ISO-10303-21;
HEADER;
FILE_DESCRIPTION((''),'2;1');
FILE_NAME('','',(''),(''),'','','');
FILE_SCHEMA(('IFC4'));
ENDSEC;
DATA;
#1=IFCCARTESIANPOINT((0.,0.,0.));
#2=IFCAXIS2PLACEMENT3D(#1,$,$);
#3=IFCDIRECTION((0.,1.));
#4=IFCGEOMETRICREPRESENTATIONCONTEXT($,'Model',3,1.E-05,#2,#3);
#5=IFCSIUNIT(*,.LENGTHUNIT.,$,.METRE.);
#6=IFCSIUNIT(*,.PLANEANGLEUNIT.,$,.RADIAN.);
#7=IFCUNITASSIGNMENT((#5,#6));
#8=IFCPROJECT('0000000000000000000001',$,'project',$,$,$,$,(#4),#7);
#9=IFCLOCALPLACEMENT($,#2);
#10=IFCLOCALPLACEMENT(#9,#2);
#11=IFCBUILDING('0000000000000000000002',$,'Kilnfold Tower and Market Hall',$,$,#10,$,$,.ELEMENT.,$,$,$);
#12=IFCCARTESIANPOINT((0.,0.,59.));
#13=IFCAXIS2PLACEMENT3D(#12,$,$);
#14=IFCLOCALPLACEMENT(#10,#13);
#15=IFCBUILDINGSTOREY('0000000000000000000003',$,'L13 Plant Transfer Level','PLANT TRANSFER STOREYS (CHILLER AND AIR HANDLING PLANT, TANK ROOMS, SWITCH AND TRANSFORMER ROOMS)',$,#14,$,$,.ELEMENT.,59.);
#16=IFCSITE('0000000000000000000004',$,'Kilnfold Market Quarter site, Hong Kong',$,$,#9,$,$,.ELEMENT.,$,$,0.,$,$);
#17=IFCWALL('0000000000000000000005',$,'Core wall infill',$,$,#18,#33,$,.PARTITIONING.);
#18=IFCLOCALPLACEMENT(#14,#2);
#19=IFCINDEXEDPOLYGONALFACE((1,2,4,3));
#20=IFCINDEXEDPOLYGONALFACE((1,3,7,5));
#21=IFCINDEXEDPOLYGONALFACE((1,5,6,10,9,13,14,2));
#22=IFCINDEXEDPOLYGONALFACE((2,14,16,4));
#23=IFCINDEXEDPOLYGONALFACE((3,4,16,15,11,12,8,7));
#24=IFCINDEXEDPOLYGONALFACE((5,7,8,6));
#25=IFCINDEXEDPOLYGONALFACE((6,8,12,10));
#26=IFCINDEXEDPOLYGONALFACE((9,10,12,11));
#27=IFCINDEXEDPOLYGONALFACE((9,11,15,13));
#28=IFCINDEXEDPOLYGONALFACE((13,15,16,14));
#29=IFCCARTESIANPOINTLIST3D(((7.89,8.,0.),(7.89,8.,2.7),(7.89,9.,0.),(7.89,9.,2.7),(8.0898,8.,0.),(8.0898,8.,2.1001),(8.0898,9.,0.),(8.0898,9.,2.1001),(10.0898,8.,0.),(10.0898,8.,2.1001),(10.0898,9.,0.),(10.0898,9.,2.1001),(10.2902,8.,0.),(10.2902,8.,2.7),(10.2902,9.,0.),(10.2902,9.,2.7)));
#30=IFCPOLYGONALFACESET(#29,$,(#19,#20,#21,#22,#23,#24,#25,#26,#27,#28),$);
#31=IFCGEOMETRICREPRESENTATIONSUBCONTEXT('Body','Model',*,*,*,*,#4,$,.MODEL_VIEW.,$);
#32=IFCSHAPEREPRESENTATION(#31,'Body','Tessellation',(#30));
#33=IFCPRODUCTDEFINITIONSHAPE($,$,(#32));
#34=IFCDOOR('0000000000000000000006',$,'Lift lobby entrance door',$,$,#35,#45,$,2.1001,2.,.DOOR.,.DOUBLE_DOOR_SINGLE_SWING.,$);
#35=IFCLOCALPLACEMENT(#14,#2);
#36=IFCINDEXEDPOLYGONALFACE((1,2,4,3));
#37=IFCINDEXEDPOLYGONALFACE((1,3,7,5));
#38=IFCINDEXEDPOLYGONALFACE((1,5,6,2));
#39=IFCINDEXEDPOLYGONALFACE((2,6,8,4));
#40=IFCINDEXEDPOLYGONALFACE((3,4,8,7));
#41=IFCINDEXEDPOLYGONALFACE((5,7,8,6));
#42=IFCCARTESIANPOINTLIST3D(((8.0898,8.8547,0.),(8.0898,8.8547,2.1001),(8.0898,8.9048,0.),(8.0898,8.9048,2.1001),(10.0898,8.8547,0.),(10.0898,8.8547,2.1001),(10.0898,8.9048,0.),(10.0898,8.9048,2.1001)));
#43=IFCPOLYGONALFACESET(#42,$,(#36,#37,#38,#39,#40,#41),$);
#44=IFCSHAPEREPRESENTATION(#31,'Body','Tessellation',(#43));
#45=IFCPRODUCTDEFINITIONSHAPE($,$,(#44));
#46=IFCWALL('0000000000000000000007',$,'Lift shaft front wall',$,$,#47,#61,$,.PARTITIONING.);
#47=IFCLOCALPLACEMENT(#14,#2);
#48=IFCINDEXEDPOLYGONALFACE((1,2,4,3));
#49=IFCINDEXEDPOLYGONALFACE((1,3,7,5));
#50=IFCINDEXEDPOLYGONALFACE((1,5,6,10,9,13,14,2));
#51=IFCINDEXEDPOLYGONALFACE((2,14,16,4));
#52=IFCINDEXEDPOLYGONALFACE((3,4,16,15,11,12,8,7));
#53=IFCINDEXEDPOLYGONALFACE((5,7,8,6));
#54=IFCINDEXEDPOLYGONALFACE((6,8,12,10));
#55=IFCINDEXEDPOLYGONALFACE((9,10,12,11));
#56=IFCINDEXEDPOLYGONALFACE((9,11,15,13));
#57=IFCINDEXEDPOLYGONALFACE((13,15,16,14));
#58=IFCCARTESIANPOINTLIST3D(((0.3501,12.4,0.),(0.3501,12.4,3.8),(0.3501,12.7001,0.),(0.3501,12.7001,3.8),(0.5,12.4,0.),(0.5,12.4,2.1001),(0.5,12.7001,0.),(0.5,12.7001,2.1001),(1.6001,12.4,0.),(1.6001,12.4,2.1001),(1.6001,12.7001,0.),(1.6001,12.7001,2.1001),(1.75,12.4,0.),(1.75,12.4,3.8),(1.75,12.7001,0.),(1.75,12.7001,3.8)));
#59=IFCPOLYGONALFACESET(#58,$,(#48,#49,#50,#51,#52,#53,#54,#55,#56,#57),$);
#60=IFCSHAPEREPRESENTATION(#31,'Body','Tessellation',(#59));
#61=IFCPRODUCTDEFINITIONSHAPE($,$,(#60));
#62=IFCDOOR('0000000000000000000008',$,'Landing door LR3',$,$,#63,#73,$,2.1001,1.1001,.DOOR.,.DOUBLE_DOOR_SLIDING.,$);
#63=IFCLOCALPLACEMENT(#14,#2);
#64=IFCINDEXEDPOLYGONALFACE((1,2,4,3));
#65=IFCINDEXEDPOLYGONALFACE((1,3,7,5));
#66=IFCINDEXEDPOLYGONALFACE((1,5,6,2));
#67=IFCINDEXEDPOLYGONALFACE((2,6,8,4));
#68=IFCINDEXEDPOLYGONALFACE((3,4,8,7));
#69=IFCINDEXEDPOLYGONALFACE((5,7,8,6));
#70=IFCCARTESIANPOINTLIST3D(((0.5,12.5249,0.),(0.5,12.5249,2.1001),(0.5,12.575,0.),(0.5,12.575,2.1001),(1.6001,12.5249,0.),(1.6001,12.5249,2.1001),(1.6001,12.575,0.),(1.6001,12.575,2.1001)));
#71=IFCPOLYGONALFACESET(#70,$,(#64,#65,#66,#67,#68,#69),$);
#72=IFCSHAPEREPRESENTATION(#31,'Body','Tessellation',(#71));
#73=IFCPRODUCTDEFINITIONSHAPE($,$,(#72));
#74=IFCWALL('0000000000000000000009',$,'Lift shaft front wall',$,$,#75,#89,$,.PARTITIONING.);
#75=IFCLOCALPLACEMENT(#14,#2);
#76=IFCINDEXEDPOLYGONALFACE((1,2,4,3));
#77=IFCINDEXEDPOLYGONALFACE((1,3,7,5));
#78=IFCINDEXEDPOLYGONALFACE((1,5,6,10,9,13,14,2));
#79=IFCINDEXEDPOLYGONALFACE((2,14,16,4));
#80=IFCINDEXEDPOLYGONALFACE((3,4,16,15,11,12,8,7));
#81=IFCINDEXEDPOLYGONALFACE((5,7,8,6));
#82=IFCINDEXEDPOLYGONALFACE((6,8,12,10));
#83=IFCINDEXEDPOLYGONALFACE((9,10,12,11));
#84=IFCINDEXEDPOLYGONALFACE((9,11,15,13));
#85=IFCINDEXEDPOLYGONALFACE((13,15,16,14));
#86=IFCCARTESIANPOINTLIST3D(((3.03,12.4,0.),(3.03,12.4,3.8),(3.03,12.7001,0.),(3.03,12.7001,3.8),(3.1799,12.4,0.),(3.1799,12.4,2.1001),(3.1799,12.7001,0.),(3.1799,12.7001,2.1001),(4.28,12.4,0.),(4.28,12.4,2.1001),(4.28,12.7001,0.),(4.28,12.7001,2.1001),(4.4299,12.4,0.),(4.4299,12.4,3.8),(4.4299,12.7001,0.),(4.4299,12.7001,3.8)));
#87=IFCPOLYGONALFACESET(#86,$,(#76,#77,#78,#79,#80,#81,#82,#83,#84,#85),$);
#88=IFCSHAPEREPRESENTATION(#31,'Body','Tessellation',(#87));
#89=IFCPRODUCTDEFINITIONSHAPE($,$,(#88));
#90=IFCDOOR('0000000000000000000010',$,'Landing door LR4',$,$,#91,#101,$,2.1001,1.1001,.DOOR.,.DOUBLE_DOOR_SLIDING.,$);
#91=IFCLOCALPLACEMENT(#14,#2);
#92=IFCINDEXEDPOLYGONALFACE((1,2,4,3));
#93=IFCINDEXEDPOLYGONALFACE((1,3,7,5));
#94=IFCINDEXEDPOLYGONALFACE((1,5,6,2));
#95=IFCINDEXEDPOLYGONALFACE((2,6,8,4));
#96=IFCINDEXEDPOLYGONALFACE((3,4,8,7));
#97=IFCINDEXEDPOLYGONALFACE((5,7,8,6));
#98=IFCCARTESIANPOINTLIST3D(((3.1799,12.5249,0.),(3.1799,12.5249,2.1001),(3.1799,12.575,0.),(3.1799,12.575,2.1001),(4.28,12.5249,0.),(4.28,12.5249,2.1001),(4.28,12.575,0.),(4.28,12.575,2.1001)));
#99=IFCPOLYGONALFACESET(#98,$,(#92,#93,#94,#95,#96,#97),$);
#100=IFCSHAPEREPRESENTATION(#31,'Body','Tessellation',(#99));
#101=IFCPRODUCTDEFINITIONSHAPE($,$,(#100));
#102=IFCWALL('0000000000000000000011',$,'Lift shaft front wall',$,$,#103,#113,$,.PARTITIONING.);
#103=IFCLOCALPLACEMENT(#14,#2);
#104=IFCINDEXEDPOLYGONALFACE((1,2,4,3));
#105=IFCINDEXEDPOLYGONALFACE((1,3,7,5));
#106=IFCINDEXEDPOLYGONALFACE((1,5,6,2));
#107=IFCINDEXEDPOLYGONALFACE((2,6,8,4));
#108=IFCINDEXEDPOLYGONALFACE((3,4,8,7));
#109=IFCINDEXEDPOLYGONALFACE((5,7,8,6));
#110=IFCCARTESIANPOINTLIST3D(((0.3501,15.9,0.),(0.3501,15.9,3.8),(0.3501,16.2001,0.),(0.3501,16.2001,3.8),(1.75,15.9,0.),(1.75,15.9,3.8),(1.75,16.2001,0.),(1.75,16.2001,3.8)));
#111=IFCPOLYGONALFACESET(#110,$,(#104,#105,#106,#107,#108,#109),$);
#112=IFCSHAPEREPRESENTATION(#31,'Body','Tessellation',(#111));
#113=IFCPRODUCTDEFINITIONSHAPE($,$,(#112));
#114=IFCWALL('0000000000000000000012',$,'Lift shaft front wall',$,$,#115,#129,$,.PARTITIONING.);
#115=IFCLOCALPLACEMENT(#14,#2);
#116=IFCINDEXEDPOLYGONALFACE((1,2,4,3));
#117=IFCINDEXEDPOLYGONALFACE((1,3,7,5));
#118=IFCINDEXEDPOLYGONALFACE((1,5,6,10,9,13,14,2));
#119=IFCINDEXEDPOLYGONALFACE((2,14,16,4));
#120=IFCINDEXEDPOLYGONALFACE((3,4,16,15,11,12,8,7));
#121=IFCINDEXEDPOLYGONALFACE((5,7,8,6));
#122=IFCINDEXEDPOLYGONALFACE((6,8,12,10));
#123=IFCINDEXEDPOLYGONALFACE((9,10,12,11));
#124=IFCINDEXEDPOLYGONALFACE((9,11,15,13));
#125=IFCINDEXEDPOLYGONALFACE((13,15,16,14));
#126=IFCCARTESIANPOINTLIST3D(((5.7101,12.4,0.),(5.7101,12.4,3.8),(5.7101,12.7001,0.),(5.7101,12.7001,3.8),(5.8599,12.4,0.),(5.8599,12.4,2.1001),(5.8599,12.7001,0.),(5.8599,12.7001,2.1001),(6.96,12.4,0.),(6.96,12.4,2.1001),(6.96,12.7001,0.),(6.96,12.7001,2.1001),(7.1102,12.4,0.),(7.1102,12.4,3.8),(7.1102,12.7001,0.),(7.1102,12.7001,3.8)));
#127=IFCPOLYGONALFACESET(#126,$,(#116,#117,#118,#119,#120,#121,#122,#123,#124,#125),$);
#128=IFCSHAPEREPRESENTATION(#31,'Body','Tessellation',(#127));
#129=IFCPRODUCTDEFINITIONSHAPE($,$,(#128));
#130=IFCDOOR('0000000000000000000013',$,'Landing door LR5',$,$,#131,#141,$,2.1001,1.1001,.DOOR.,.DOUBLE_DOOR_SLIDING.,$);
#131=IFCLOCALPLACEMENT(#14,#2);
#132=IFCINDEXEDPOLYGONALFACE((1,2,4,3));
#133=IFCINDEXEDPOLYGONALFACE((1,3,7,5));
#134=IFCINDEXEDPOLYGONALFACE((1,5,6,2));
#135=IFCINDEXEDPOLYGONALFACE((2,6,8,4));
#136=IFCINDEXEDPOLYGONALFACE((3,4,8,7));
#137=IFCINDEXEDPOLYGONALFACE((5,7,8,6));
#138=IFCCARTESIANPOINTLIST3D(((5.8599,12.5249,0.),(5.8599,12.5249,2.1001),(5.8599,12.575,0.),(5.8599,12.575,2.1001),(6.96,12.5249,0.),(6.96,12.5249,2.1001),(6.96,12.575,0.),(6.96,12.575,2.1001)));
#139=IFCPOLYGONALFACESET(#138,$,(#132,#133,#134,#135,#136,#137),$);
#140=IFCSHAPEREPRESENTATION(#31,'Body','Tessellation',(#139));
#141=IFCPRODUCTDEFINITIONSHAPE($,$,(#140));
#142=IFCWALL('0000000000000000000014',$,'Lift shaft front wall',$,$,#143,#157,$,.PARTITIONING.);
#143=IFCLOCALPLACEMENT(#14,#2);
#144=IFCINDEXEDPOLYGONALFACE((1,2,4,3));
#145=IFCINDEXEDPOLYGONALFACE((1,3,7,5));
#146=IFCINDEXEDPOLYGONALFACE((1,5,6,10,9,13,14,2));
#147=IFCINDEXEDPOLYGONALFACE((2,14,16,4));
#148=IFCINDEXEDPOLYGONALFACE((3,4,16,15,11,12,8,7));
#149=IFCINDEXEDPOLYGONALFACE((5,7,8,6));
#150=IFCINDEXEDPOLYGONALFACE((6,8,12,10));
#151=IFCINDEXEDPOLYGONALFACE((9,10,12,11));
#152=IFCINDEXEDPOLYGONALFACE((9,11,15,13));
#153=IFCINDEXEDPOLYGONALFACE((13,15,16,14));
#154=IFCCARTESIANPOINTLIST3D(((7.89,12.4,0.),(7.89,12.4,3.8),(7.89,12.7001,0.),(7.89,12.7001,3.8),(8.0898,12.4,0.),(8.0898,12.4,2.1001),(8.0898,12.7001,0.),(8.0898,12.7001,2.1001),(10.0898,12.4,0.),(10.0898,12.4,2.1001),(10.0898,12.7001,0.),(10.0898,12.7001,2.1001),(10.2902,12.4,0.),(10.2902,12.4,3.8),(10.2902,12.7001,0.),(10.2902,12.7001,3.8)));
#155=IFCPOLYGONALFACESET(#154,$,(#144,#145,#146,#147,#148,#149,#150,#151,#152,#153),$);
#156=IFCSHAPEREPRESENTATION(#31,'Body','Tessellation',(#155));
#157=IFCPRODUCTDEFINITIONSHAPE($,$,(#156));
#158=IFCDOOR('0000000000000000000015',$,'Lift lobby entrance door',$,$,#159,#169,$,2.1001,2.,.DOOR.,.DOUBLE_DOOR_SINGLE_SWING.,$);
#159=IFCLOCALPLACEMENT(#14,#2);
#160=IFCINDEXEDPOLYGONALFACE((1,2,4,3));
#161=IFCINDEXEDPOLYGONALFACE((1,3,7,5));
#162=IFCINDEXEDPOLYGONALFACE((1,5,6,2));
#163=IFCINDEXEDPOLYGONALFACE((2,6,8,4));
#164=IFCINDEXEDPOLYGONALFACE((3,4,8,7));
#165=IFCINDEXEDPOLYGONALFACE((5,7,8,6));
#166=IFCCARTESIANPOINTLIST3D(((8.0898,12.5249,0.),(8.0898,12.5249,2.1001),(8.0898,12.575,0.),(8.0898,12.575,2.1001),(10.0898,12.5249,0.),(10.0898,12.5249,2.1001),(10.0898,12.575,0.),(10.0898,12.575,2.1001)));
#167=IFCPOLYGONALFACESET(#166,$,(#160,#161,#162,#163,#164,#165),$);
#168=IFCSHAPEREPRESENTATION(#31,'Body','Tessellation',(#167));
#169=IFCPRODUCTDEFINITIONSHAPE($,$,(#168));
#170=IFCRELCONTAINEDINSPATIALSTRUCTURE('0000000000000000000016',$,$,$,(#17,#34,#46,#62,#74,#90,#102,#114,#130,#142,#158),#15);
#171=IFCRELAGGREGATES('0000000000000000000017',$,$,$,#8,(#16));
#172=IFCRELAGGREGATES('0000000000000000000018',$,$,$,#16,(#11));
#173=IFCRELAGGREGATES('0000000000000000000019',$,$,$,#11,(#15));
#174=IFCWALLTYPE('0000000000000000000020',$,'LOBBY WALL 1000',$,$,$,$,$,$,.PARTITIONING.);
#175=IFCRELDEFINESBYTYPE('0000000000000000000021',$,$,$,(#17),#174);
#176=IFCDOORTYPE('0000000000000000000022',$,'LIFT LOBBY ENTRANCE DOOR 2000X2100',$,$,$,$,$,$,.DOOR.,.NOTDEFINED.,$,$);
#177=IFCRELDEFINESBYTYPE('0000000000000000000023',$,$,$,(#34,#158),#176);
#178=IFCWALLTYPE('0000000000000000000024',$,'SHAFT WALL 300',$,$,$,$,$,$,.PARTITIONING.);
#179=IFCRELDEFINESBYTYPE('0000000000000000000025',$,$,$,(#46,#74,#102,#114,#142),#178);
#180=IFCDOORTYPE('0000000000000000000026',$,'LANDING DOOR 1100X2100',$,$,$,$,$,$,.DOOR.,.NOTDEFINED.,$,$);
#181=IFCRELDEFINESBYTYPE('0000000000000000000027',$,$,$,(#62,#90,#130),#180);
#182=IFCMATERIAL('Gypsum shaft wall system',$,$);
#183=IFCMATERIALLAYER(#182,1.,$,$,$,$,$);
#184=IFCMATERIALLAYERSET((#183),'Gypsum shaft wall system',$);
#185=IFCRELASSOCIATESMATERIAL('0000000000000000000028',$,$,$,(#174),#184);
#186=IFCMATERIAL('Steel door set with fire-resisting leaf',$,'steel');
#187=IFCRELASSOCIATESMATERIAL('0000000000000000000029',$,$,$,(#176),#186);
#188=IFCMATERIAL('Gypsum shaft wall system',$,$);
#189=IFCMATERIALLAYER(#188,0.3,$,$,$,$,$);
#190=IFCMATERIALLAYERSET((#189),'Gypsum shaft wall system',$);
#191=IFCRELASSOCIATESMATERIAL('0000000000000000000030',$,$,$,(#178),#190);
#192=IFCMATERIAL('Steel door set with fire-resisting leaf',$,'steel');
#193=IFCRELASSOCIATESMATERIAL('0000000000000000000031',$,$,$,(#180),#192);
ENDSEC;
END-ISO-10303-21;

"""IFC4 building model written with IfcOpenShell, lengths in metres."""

from ifc_helpers import new_model, si_unit, direction, frame, frame_2d, origin, place, context, subcontext, project, spatial, rectangle, extrude, source, transform, mapped, material, layer, layer_set, type_object, element, fill, save


model = new_model("IFC4")

# Units and contexts
model_context = context("Model", 3, precision=1e-05, world=origin(), true_north=direction((0.0, 1.0)))
body_context = subcontext(model_context, "Body", "Model", "MODEL_VIEW")
ifc_project = project(units=[si_unit("LENGTHUNIT", "METRE"), si_unit("PLANEANGLEUNIT", "RADIAN")], contexts=[model_context])

# Site, building, storey
site_placement = place(None, origin())
site = spatial("IfcSite", under=ifc_project, at=site_placement, Name="Kilnfold Market Quarter site, Hong Kong", CompositionType="ELEMENT", RefElevation=0.0)
building_placement = place(site_placement, origin())
building = spatial("IfcBuilding", under=site, at=building_placement, Name="Kilnfold Tower and Market Hall", CompositionType="ELEMENT")
storey_placement = place(building_placement, frame((0.0, 0.0, 59.0)))
storey = spatial("IfcBuildingStorey", under=building, at=storey_placement, Name="L13 Plant Transfer Level", Description="PLANT TRANSFER STOREYS (CHILLER AND AIR HANDLING PLANT, TANK ROOMS, SWITCH AND TRANSFORMER ROOMS)", CompositionType="ELEMENT", Elevation=59.0)

# Walls, openings, doors
ifc_material_1 = material(Name="Gypsum shaft wall system")
ifc_layer_1 = layer(ifc_material_1, 1.0)
ifc_layer_set_1 = layer_set([ifc_layer_1], Name="Gypsum shaft wall system")
wall_type_1 = type_object("IfcWallType", Name="LOBBY WALL 1000", PredefinedType="PARTITIONING", material=ifc_layer_set_1)
shared_shape_1 = source(origin(), body_context, "Body", "SweptSolid", [
    extrude(rectangle(XDim=2.4001, YDim=1.0, at=frame_2d((1.2002, 0.0))), origin(), (0.0, 0.0, 1.0), 2.7),
])
wall_1_placement = place(storey_placement, frame((7.8899, 8.5, 0.0), z_axis=(0.0, 0.0, 1.0), x_axis=(1.0, 0.0, 0.0)))
wall_1 = element("IfcWall", 1, at=wall_1_placement, inside=storey, type_object=wall_type_1, Name="Core wall infill", PredefinedType="PARTITIONING", context=body_context, shape_type="MappedRepresentation", body=[
    mapped(shared_shape_1, transform((0.0, 0.0, 0.0))),
])
opening_1_placement = place(wall_1_placement, frame((0.2, 0.0, 0.0)))
opening_1 = element("IfcOpeningElement", 2, at=opening_1_placement, cuts=wall_1, PredefinedType="OPENING", context=body_context, shape_type="SweptSolid", body=[
    extrude(rectangle(XDim=2.0, YDim=2.1001, at=frame_2d((1.0, 1.05))), frame((0.0, 0.51, 0.0), z_axis=(0.0, -1.0, 0.0), x_axis=(1.0, 0.0, 0.0)), (0.0, 0.0, 1.0), 1.02),
])
ifc_material_2 = material(Name="Steel door set with fire-resisting leaf", Category="steel")
door_type_1 = type_object("IfcDoorType", Name="LIFT LOBBY ENTRANCE DOOR 2000X2100", OperationType="NOTDEFINED", PredefinedType="DOOR", material=ifc_material_2)
door_1_placement = place(opening_1_placement, origin())
door_1 = element("IfcDoor", 3, at=door_1_placement, inside=storey, type_object=door_type_1, Name="Lift lobby entrance door", OperationType="DOUBLE_DOOR_SINGLE_SWING", OverallHeight=2.1001, OverallWidth=2.0, PredefinedType="DOOR", context=body_context, shape_type="SweptSolid", body=[
    extrude(rectangle(XDim=2.0, YDim=2.1001, at=frame_2d((1.0, 1.05))), frame((0.0, 0.4048, 0.0), z_axis=(0.0, -1.0, 0.0), x_axis=(1.0, 0.0, 0.0)), (0.0, 0.0, 1.0), 0.05),
])
fill(opening_1, door_1)
ifc_material_3 = material(Name="Gypsum shaft wall system")
ifc_layer_2 = layer(ifc_material_3, 0.3)
ifc_layer_set_2 = layer_set([ifc_layer_2], Name="Gypsum shaft wall system")
wall_type_2 = type_object("IfcWallType", Name="SHAFT WALL 300", PredefinedType="PARTITIONING", material=ifc_layer_set_2)
shared_shape_2 = source(origin(), body_context, "Body", "SweptSolid", [
    extrude(rectangle(XDim=1.3999, YDim=0.3, at=frame_2d((0.7, 0.0))), origin(), (0.0, 0.0, 1.0), 3.8),
])
wall_2_placement = place(storey_placement, frame((0.3501, 12.55, 0.0), z_axis=(0.0, 0.0, 1.0), x_axis=(1.0, 0.0, 0.0)))
wall_2 = element("IfcWall", 4, at=wall_2_placement, inside=storey, type_object=wall_type_2, Name="Lift shaft front wall", PredefinedType="PARTITIONING", context=body_context, shape_type="MappedRepresentation", body=[
    mapped(shared_shape_2, transform((0.0, 0.0, 0.0))),
])
opening_2_placement = place(wall_2_placement, frame((0.1499, 0.0, 0.0)))
opening_2 = element("IfcOpeningElement", 5, at=opening_2_placement, cuts=wall_2, PredefinedType="OPENING", context=body_context, shape_type="SweptSolid", body=[
    extrude(rectangle(XDim=1.1001, YDim=2.1001, at=frame_2d((0.55, 1.05))), frame((0.0, 0.1602, 0.0), z_axis=(0.0, -1.0, 0.0), x_axis=(1.0, 0.0, 0.0)), (0.0, 0.0, 1.0), 0.3201),
])
ifc_material_4 = material(Name="Steel door set with fire-resisting leaf", Category="steel")
door_type_2 = type_object("IfcDoorType", Name="LANDING DOOR 1100X2100", OperationType="NOTDEFINED", PredefinedType="DOOR", material=ifc_material_4)
door_2_placement = place(opening_2_placement, origin())
door_2 = element("IfcDoor", 6, at=door_2_placement, inside=storey, type_object=door_type_2, Name="Landing door LR3", OperationType="DOUBLE_DOOR_SLIDING", OverallHeight=2.1001, OverallWidth=1.1001, PredefinedType="DOOR", context=body_context, shape_type="SweptSolid", body=[
    extrude(rectangle(XDim=1.1001, YDim=2.1001, at=frame_2d((0.55, 1.05))), frame((0.0, 0.0249, 0.0), z_axis=(0.0, -1.0, 0.0), x_axis=(1.0, 0.0, 0.0)), (0.0, 0.0, 1.0), 0.05),
])
fill(opening_2, door_2)
wall_3_placement = place(storey_placement, frame((3.03, 12.55, 0.0), z_axis=(0.0, 0.0, 1.0), x_axis=(1.0, 0.0, 0.0)))
wall_3 = element("IfcWall", 7, at=wall_3_placement, inside=storey, type_object=wall_type_2, Name="Lift shaft front wall", PredefinedType="PARTITIONING", context=body_context, shape_type="MappedRepresentation", body=[
    mapped(shared_shape_2, transform((0.0, 0.0, 0.0))),
])
opening_3_placement = place(wall_3_placement, frame((0.1499, 0.0, 0.0)))
opening_3 = element("IfcOpeningElement", 8, at=opening_3_placement, cuts=wall_3, PredefinedType="OPENING", context=body_context, shape_type="SweptSolid", body=[
    extrude(rectangle(XDim=1.1001, YDim=2.1001, at=frame_2d((0.55, 1.05))), frame((0.0, 0.1602, 0.0), z_axis=(0.0, -1.0, 0.0), x_axis=(1.0, 0.0, 0.0)), (0.0, 0.0, 1.0), 0.3201),
])
door_3_placement = place(opening_3_placement, origin())
door_3 = element("IfcDoor", 9, at=door_3_placement, inside=storey, type_object=door_type_2, Name="Landing door LR4", OperationType="DOUBLE_DOOR_SLIDING", OverallHeight=2.1001, OverallWidth=1.1001, PredefinedType="DOOR", context=body_context, shape_type="SweptSolid", body=[
    extrude(rectangle(XDim=1.1001, YDim=2.1001, at=frame_2d((0.55, 1.05))), frame((0.0, 0.0249, 0.0), z_axis=(0.0, -1.0, 0.0), x_axis=(1.0, 0.0, 0.0)), (0.0, 0.0, 1.0), 0.05),
])
fill(opening_3, door_3)

# Wall
wall_4_placement = place(storey_placement, frame((0.3501, 16.05, 0.0), z_axis=(0.0, 0.0, 1.0), x_axis=(1.0, 0.0, 0.0)))
element("IfcWall", 10, at=wall_4_placement, inside=storey, type_object=wall_type_2, Name="Lift shaft front wall", PredefinedType="PARTITIONING", context=body_context, shape_type="MappedRepresentation", body=[
    mapped(shared_shape_2, transform((0.0, 0.0, 0.0))),
])

# Walls, openings, doors
shared_shape_3 = source(origin(), body_context, "Body", "SweptSolid", [
    extrude(rectangle(XDim=1.4001, YDim=0.3, at=frame_2d((0.7002, 0.0))), origin(), (0.0, 0.0, 1.0), 3.8),
])
wall_5_placement = place(storey_placement, frame((5.71, 12.55, 0.0), z_axis=(0.0, 0.0, 1.0), x_axis=(1.0, 0.0, 0.0)))
wall_5 = element("IfcWall", 11, at=wall_5_placement, inside=storey, type_object=wall_type_2, Name="Lift shaft front wall", PredefinedType="PARTITIONING", context=body_context, shape_type="MappedRepresentation", body=[
    mapped(shared_shape_3, transform((0.0, 0.0, 0.0))),
])
opening_4_placement = place(wall_5_placement, frame((0.1499, 0.0, 0.0)))
opening_4 = element("IfcOpeningElement", 12, at=opening_4_placement, cuts=wall_5, PredefinedType="OPENING", context=body_context, shape_type="SweptSolid", body=[
    extrude(rectangle(XDim=1.1001, YDim=2.1001, at=frame_2d((0.55, 1.05))), frame((0.0, 0.1602, 0.0), z_axis=(0.0, -1.0, 0.0), x_axis=(1.0, 0.0, 0.0)), (0.0, 0.0, 1.0), 0.3201),
])
door_4_placement = place(opening_4_placement, origin())
door_4 = element("IfcDoor", 13, at=door_4_placement, inside=storey, type_object=door_type_2, Name="Landing door LR5", OperationType="DOUBLE_DOOR_SLIDING", OverallHeight=2.1001, OverallWidth=1.1001, PredefinedType="DOOR", context=body_context, shape_type="SweptSolid", body=[
    extrude(rectangle(XDim=1.1001, YDim=2.1001, at=frame_2d((0.55, 1.05))), frame((0.0, 0.0249, 0.0), z_axis=(0.0, -1.0, 0.0), x_axis=(1.0, 0.0, 0.0)), (0.0, 0.0, 1.0), 0.05),
])
fill(opening_4, door_4)
shared_shape_4 = source(origin(), body_context, "Body", "SweptSolid", [
    extrude(rectangle(XDim=2.4001, YDim=0.3, at=frame_2d((1.2002, 0.0))), origin(), (0.0, 0.0, 1.0), 3.8),
])
wall_6_placement = place(storey_placement, frame((7.8899, 12.55, 0.0), z_axis=(0.0, 0.0, 1.0), x_axis=(1.0, 0.0, 0.0)))
wall_6 = element("IfcWall", 14, at=wall_6_placement, inside=storey, type_object=wall_type_2, Name="Lift shaft front wall", PredefinedType="PARTITIONING", context=body_context, shape_type="MappedRepresentation", body=[
    mapped(shared_shape_4, transform((0.0, 0.0, 0.0))),
])
opening_5_placement = place(wall_6_placement, frame((0.2, 0.0, 0.0)))
opening_5 = element("IfcOpeningElement", 15, at=opening_5_placement, cuts=wall_6, PredefinedType="OPENING", context=body_context, shape_type="SweptSolid", body=[
    extrude(rectangle(XDim=2.0, YDim=2.1001, at=frame_2d((1.0, 1.05))), frame((0.0, 0.1602, 0.0), z_axis=(0.0, -1.0, 0.0), x_axis=(1.0, 0.0, 0.0)), (0.0, 0.0, 1.0), 0.3201),
])
door_5_placement = place(opening_5_placement, origin())
door_5 = element("IfcDoor", 16, at=door_5_placement, inside=storey, type_object=door_type_1, Name="Lift lobby entrance door", OperationType="DOUBLE_DOOR_SINGLE_SWING", OverallHeight=2.1001, OverallWidth=2.0, PredefinedType="DOOR", context=body_context, shape_type="SweptSolid", body=[
    extrude(rectangle(XDim=2.0, YDim=2.1001, at=frame_2d((1.0, 1.05))), frame((0.0, 0.0249, 0.0), z_axis=(0.0, -1.0, 0.0), x_axis=(1.0, 0.0, 0.0)), (0.0, 0.0, 1.0), 0.05),
])
fill(opening_5, door_5)

save(model, "model.ifc")
